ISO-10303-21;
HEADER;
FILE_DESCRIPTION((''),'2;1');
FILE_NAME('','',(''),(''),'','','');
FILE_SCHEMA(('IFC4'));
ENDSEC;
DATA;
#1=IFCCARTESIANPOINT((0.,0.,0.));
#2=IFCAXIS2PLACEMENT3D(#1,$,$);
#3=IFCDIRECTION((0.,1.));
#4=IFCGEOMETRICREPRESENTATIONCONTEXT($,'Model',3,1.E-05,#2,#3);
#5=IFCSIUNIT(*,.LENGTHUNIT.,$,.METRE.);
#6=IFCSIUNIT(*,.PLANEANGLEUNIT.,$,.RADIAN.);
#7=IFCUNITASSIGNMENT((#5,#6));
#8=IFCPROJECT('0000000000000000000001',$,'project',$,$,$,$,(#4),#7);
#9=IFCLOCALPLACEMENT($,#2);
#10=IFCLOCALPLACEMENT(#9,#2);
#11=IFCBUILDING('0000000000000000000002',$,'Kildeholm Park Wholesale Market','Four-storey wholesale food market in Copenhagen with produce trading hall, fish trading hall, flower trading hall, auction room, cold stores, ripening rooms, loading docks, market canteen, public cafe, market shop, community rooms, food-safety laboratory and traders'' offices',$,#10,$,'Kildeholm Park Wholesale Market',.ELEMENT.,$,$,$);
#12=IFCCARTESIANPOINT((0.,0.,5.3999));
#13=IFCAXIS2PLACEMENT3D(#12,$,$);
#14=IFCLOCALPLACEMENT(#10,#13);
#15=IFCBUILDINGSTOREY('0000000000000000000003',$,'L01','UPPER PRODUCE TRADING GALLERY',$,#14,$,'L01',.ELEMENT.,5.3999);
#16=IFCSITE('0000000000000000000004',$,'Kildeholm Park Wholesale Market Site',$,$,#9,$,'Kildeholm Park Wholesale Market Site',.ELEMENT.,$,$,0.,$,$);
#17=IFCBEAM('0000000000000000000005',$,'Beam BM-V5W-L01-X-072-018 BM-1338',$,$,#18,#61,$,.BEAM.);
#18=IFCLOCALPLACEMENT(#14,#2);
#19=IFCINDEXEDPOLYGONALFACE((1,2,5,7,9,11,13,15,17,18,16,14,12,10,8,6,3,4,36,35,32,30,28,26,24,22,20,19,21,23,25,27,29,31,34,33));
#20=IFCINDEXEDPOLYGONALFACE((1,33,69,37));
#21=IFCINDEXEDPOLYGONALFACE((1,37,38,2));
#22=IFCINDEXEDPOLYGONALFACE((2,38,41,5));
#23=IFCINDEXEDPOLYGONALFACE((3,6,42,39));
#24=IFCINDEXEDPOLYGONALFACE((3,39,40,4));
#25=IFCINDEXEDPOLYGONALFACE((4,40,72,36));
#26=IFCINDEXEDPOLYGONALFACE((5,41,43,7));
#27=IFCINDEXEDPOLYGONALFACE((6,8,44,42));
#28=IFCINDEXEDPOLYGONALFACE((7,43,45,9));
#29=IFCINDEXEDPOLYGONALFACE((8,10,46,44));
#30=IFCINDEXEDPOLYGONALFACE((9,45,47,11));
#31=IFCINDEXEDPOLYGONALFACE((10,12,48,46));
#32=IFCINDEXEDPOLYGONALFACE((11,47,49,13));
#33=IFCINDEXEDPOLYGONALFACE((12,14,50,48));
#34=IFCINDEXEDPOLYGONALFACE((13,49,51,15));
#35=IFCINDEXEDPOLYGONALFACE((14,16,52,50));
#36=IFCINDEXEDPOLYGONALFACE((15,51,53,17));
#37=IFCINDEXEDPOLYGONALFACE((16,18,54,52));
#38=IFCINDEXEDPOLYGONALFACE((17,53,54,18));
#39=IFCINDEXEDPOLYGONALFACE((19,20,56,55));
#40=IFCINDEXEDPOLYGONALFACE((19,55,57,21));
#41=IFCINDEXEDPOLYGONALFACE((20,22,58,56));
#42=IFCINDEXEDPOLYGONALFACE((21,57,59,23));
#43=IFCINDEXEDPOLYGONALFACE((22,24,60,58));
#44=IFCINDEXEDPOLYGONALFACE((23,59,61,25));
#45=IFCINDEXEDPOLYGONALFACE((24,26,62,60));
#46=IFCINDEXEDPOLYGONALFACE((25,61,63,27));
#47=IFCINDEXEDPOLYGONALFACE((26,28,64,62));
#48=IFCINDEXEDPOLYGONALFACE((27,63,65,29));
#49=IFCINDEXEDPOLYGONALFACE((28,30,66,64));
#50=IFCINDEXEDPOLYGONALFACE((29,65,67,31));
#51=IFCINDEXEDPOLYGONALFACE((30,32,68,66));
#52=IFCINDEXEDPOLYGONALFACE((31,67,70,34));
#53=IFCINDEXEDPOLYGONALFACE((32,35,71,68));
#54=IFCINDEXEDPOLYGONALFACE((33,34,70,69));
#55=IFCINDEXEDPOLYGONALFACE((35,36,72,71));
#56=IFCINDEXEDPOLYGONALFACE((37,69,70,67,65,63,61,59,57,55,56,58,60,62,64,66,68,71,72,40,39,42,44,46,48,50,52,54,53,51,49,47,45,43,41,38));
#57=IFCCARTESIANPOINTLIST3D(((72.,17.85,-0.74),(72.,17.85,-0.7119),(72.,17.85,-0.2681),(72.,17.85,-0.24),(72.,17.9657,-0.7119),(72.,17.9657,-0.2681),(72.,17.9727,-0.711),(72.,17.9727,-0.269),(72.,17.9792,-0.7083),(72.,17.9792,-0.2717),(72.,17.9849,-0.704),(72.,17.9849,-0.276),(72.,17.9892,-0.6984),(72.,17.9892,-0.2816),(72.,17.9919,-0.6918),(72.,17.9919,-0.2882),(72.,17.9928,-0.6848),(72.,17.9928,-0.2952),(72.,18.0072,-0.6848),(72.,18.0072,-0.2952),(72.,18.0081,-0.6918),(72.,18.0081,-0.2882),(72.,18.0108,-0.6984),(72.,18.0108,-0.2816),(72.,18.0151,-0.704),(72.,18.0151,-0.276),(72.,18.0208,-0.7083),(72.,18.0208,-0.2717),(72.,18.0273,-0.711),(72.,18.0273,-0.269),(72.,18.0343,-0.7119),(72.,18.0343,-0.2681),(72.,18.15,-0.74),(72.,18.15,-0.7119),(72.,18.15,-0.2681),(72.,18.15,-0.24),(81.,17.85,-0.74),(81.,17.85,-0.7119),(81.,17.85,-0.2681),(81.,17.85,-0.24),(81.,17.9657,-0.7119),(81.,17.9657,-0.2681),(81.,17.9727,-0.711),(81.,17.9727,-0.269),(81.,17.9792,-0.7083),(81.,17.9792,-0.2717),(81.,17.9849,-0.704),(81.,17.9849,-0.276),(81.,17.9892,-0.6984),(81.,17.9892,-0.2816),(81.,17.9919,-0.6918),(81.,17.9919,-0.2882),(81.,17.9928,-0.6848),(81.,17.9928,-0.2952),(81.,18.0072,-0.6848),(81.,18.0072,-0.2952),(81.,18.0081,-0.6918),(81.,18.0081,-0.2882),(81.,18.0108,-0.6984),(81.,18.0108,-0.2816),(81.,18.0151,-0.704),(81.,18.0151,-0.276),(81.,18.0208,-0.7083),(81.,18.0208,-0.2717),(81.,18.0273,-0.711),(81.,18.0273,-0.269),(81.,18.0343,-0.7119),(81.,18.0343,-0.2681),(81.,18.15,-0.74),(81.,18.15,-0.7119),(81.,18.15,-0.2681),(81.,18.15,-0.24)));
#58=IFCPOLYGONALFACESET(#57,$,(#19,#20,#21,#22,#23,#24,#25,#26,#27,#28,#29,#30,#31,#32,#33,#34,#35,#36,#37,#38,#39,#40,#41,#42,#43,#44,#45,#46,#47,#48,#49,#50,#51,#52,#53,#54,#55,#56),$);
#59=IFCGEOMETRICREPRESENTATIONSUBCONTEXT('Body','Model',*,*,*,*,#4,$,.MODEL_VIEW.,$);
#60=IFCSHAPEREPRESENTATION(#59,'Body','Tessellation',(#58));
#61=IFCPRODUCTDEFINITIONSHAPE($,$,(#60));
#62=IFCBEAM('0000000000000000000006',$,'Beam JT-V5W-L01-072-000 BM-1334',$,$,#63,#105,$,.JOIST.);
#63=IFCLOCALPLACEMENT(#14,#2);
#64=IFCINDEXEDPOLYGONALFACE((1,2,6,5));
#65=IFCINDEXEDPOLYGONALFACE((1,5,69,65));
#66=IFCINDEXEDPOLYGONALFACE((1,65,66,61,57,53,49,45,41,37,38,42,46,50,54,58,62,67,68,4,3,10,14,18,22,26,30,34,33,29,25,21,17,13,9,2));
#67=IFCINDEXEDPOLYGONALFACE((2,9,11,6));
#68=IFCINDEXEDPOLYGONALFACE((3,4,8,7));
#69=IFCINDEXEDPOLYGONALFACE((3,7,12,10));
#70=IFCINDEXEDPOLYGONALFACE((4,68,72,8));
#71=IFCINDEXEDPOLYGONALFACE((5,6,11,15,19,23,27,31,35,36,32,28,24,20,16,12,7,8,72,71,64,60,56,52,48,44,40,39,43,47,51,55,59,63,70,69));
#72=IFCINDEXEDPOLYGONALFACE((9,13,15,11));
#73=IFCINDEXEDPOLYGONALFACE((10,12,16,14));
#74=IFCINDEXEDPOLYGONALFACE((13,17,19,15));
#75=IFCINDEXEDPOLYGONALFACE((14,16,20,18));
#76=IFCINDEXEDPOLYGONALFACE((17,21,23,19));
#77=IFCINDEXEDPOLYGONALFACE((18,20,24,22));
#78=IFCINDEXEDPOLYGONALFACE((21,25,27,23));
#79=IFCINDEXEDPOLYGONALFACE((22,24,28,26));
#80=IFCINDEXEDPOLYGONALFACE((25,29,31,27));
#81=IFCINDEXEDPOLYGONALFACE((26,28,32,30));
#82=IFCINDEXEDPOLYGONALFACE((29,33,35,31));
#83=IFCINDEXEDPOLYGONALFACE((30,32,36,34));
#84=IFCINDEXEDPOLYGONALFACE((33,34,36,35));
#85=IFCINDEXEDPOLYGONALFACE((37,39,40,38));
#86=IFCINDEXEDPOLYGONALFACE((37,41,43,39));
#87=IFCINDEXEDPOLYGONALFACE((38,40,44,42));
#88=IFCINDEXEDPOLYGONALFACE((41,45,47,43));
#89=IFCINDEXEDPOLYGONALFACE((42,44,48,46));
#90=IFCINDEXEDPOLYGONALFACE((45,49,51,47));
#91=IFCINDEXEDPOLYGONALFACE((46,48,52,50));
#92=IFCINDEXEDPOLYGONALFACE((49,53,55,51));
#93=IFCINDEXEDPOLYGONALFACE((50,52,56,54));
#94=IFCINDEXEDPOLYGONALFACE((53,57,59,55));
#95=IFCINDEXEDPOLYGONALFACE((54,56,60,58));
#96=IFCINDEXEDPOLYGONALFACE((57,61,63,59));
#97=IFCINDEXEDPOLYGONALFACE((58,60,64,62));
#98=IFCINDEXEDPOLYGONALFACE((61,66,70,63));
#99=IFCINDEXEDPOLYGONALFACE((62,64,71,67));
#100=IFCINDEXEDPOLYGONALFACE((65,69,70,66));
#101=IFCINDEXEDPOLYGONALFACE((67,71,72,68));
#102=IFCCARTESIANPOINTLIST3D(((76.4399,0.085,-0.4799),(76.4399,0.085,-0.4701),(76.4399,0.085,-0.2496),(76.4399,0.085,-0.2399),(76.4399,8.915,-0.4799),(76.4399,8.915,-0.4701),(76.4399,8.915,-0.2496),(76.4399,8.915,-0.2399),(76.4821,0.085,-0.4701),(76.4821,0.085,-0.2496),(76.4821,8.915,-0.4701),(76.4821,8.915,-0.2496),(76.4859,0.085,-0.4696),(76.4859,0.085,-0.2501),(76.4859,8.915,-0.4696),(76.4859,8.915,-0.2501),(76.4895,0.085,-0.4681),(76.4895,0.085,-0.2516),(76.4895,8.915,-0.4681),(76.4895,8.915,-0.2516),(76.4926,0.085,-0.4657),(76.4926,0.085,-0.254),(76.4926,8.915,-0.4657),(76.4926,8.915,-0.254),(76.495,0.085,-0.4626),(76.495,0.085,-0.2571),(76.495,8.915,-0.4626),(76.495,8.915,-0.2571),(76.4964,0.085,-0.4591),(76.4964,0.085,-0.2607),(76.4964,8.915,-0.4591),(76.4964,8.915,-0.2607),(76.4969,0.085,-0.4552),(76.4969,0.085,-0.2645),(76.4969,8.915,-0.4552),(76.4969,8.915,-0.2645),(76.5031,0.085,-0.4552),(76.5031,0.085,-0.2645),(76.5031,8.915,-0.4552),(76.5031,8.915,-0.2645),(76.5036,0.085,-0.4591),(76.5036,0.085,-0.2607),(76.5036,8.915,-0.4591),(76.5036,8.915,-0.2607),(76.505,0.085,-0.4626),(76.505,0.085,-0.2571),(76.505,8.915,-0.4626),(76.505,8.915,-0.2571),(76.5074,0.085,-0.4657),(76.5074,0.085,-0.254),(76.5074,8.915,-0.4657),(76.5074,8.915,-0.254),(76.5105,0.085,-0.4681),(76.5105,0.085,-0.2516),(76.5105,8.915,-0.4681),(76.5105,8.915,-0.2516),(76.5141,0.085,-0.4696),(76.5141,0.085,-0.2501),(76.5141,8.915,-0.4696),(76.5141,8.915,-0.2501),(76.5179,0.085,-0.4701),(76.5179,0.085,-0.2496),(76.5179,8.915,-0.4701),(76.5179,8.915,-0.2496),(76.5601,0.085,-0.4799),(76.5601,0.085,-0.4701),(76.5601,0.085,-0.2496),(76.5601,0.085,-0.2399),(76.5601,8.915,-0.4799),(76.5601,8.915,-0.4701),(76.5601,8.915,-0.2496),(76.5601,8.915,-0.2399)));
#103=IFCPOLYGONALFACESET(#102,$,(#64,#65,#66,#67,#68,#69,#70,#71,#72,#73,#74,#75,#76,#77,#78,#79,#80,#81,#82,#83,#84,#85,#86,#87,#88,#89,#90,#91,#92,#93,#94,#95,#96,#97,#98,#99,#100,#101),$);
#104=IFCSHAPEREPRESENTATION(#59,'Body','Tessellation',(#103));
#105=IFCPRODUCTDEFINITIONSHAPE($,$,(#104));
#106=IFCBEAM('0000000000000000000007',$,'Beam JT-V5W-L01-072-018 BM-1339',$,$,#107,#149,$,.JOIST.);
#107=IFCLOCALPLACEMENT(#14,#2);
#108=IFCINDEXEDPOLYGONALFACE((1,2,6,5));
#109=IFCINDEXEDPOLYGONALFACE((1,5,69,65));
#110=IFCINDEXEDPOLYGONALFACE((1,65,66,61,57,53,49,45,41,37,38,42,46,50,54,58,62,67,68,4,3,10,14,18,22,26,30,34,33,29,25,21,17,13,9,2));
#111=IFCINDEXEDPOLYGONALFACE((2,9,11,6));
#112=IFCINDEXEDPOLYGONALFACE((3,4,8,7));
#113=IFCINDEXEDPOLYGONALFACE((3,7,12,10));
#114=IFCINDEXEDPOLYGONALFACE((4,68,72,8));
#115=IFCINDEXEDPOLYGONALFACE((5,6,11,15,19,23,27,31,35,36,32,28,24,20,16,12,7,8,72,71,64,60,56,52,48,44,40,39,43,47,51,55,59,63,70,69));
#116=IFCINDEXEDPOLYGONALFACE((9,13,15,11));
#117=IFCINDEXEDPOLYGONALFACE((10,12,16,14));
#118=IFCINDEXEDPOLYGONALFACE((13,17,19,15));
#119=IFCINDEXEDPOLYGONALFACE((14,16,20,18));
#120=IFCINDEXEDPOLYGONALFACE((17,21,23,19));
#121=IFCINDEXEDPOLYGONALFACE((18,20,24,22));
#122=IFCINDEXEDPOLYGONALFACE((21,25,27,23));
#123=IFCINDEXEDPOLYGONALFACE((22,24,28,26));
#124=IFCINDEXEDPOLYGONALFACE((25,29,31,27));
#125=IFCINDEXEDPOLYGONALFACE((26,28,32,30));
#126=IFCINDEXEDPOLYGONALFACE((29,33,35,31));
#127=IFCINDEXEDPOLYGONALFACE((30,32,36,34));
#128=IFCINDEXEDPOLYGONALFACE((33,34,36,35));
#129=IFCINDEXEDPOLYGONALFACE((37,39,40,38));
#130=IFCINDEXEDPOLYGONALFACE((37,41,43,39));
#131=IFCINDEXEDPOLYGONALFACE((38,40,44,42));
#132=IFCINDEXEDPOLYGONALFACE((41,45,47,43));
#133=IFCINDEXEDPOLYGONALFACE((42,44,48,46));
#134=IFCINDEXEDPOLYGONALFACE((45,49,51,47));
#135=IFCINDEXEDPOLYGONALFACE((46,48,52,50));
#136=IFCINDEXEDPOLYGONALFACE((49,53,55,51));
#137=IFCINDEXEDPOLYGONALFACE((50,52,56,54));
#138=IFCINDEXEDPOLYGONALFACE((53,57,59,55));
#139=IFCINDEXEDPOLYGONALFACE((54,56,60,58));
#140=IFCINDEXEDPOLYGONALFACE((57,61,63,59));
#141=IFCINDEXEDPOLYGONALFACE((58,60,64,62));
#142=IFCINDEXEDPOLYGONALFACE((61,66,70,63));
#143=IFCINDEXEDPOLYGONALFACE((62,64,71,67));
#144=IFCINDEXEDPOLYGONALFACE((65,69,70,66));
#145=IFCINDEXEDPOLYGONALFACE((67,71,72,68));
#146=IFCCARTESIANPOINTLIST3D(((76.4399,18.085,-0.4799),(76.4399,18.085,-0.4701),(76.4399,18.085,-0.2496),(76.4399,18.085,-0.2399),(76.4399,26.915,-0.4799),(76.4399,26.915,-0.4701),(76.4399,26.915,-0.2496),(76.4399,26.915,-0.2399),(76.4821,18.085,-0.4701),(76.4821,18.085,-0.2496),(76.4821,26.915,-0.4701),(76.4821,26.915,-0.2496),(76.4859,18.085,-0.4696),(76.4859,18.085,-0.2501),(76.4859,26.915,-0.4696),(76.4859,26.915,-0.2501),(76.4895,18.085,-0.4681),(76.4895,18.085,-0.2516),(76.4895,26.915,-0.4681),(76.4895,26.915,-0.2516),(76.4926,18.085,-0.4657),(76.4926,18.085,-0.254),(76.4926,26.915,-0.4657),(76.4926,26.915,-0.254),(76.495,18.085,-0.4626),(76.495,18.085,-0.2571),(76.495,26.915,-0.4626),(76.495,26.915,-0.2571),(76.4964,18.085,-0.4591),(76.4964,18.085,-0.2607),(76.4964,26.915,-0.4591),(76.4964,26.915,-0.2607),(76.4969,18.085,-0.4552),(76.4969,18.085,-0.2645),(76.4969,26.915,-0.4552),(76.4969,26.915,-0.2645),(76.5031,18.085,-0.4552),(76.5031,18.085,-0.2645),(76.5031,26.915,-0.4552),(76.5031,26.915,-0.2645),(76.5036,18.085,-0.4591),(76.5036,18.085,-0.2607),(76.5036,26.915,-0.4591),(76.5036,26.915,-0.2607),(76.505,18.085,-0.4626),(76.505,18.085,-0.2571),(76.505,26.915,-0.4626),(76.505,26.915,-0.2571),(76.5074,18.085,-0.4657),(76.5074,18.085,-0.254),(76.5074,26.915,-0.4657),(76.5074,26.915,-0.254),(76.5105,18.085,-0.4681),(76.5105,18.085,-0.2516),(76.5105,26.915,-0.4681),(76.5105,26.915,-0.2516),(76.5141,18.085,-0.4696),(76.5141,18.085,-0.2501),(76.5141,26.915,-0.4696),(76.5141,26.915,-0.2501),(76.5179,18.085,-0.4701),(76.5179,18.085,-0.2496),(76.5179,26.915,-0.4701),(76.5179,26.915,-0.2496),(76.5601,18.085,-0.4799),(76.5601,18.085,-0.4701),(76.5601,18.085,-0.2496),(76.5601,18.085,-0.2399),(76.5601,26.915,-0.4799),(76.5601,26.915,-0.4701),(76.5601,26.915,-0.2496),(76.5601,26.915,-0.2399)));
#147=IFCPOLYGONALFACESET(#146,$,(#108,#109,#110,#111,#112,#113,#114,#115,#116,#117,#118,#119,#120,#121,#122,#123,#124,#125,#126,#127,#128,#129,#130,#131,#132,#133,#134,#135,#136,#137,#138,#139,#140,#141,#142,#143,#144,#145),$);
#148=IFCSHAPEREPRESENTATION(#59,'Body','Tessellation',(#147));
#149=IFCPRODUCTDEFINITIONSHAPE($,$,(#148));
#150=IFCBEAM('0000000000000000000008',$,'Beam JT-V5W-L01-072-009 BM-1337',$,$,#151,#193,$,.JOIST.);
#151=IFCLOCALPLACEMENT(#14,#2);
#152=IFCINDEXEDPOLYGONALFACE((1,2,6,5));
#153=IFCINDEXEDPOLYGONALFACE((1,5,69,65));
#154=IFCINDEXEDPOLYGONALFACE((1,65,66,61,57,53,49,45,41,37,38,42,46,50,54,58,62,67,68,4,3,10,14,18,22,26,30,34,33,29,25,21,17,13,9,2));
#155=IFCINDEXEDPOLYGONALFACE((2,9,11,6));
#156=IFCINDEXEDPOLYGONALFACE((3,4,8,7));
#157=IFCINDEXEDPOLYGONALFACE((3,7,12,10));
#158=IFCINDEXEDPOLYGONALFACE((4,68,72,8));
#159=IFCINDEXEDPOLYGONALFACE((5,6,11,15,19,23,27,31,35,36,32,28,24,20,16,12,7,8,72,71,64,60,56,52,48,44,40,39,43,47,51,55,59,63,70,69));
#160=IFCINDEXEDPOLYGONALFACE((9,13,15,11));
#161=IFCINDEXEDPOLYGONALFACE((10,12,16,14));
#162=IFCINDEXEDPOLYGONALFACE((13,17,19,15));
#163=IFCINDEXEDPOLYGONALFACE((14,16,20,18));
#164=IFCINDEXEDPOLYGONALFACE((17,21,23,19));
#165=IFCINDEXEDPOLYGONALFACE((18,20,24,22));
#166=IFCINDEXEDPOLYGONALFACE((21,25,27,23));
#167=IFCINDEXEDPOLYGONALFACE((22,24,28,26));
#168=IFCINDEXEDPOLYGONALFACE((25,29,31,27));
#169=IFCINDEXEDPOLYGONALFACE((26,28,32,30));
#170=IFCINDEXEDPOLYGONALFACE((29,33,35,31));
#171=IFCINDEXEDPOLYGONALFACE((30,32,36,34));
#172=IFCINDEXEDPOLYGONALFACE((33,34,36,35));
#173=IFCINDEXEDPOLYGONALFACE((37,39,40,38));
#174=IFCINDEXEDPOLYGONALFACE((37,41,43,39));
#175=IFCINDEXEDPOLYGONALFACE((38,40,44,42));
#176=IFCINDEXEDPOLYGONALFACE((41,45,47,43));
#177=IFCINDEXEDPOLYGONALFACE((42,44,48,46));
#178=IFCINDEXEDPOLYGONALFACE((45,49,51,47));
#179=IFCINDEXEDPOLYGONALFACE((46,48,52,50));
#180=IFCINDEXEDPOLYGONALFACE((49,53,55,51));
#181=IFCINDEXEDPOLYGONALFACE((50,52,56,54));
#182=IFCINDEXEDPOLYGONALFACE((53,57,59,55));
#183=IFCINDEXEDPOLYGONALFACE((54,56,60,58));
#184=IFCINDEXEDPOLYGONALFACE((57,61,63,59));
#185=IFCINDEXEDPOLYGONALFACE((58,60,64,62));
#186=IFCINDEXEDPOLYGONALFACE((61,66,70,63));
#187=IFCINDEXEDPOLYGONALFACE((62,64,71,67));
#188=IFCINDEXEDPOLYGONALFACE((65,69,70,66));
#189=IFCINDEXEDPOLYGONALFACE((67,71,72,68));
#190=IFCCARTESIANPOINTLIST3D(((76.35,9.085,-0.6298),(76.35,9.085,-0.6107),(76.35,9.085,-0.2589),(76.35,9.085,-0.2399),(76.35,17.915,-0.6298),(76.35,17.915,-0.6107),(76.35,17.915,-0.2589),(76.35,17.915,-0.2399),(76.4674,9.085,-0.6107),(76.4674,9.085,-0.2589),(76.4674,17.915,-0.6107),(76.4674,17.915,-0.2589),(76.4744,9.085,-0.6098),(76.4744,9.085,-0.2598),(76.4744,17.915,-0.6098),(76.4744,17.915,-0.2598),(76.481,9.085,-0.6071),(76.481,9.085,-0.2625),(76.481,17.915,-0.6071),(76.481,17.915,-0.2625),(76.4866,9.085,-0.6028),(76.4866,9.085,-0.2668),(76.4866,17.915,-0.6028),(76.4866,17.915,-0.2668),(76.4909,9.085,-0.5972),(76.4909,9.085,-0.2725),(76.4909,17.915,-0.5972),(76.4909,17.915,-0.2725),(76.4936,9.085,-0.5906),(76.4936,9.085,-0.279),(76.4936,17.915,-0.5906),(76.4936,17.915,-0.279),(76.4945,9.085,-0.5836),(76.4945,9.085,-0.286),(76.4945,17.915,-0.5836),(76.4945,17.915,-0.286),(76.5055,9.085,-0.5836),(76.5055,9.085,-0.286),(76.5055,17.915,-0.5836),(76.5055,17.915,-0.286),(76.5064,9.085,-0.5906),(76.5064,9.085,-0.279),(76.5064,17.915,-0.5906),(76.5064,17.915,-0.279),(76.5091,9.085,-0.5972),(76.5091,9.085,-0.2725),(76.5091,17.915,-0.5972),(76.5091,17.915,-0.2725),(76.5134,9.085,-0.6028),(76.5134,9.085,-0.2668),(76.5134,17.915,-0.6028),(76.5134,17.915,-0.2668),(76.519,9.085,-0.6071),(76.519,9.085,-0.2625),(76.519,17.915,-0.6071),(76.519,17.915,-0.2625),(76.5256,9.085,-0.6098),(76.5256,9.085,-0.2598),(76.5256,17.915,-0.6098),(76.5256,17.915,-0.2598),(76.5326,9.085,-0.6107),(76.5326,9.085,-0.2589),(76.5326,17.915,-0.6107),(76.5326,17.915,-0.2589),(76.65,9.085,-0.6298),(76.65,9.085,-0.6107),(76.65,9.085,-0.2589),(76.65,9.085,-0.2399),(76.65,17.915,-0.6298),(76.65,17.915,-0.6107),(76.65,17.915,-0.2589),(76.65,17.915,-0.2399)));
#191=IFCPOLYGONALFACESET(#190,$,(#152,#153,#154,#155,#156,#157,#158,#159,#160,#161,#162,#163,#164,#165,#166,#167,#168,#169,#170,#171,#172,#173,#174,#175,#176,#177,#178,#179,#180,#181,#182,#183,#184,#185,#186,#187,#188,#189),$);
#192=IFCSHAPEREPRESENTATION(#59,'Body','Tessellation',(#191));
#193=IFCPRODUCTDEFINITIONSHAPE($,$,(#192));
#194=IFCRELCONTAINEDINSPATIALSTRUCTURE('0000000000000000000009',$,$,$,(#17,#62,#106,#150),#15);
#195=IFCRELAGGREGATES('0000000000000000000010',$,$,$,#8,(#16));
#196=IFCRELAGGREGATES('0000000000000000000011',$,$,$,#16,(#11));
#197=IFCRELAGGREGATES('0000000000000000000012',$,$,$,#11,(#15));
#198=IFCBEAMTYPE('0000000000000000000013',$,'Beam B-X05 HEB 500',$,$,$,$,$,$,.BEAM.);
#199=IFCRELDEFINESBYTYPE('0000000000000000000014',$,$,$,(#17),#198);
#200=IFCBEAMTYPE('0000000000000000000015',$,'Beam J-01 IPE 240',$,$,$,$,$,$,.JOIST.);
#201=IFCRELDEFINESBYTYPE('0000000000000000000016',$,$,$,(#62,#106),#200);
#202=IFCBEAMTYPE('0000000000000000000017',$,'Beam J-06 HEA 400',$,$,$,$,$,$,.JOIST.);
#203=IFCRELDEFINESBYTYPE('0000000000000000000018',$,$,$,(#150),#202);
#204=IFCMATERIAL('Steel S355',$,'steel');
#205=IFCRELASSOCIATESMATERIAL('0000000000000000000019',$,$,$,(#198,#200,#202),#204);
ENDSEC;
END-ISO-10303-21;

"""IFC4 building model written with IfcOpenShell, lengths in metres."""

from ifc_helpers import new_model, si_unit, direction, frame, origin, origin_2d, place, context, subcontext, project, spatial, i_section, extrude, material, material_profile, profile_set, type_object, element, save


model = new_model("IFC4")

# Units and contexts
model_context = context("Model", 3, precision=1e-05, world=origin(), true_north=direction((0.0, 1.0)))
body_context = subcontext(model_context, "Body", "Model", "MODEL_VIEW")
ifc_project = project(units=[si_unit("LENGTHUNIT", "METRE"), si_unit("PLANEANGLEUNIT", "RADIAN")], contexts=[model_context])

# Site, building, storey
site_placement = place(None, origin())
site = spatial("IfcSite", under=ifc_project, at=site_placement, Name="Kildeholm Park Wholesale Market Site", LongName="Kildeholm Park Wholesale Market Site", CompositionType="ELEMENT", RefElevation=0.0)
building_placement = place(site_placement, origin())
building = spatial("IfcBuilding", under=site, at=building_placement, Name="Kildeholm Park Wholesale Market", Description="Four-storey wholesale food market in Copenhagen with produce trading hall, fish trading hall, flower trading hall, auction room, cold stores, ripening rooms, loading docks, market canteen, public cafe, market shop, community rooms, food-safety laboratory and traders' offices", LongName="Kildeholm Park Wholesale Market", CompositionType="ELEMENT")
storey_placement = place(building_placement, frame((0.0, 0.0, 5.3999)))
storey = spatial("IfcBuildingStorey", under=building, at=storey_placement, Name="L01", Description="UPPER PRODUCE TRADING GALLERY", LongName="L01", CompositionType="ELEMENT", Elevation=5.3999)

# Shared definitions
ifc_material_1 = material(Name="Steel S355", Category="steel")

# Beams
ifc_material_profile_1 = material_profile(ifc_material_1, i_section(OverallWidth=0.3, OverallDepth=0.5, WebThickness=0.0144, FlangeThickness=0.0281, FilletRadius=0.0271, at=origin_2d()), Name="HEB 500")
ifc_profile_set_1 = profile_set([ifc_material_profile_1], Name="Steel S355")
beam_type_1 = type_object("IfcBeamType", Name="Beam B-X05 HEB 500", PredefinedType="BEAM", material=ifc_profile_set_1)
beam_1_placement = place(storey_placement, frame((72.0, 18.0, -0.49), z_axis=(1.0, 0.0, 0.0), x_axis=(0.0, 1.0, 0.0)))
element("IfcBeam", 1, at=beam_1_placement, inside=storey, type_object=beam_type_1, Name="Beam BM-V5W-L01-X-072-018 BM-1338", PredefinedType="BEAM", context=body_context, shape_type="SweptSolid", body=[
    extrude(i_section(OverallWidth=0.3, OverallDepth=0.5, WebThickness=0.0144, FlangeThickness=0.0281, FilletRadius=0.0271, at=origin_2d()), origin(), (0.0, 0.0, 1.0), 9.0),
])
ifc_material_profile_2 = material_profile(ifc_material_1, i_section(OverallWidth=0.1201, OverallDepth=0.24, WebThickness=0.0061, FlangeThickness=0.0098, FilletRadius=0.0149, at=origin_2d()), Name="IPE 240")
ifc_profile_set_2 = profile_set([ifc_material_profile_2], Name="Steel S355")
beam_type_2 = type_object("IfcBeamType", Name="Beam J-01 IPE 240", PredefinedType="JOIST", material=ifc_profile_set_2)
for number, where, z_axis, x_axis, name in (
    (2, (76.5, 0.085, -0.3599), (0.0, 1.0, 0.0), (-1.0, 0.0, 0.0), "Beam JT-V5W-L01-072-000 BM-1334"),
    (3, (76.5, 18.085, -0.3599), (0.0, 1.0, 0.0), (-1.0, 0.0, 0.0), "Beam JT-V5W-L01-072-018 BM-1339"),
):
    element("IfcBeam", number, at=place(storey_placement, frame(where, z_axis=z_axis, x_axis=x_axis)), inside=storey, type_object=beam_type_2, Name=name, PredefinedType="JOIST", context=body_context, shape_type="SweptSolid", body=[
        extrude(i_section(OverallWidth=0.1201, OverallDepth=0.24, WebThickness=0.0061, FlangeThickness=0.0098, FilletRadius=0.0149, at=origin_2d()), origin(), (0.0, 0.0, 1.0), 8.8301),
    ])
ifc_material_profile_3 = material_profile(ifc_material_1, i_section(OverallWidth=0.3, OverallDepth=0.3899, WebThickness=0.011, FlangeThickness=0.019, FilletRadius=0.0271, at=origin_2d()), Name="HEA 400")
ifc_profile_set_3 = profile_set([ifc_material_profile_3], Name="Steel S355")
beam_type_3 = type_object("IfcBeamType", Name="Beam J-06 HEA 400", PredefinedType="JOIST", material=ifc_profile_set_3)
beam_2_placement = place(storey_placement, frame((76.5, 9.085, -0.4348), z_axis=(0.0, 1.0, 0.0), x_axis=(-1.0, 0.0, 0.0)))
element("IfcBeam", 4, at=beam_2_placement, inside=storey, type_object=beam_type_3, Name="Beam JT-V5W-L01-072-009 BM-1337", PredefinedType="JOIST", context=body_context, shape_type="SweptSolid", body=[
    extrude(i_section(OverallWidth=0.3, OverallDepth=0.3899, WebThickness=0.011, FlangeThickness=0.019, FilletRadius=0.0271, at=origin_2d()), origin(), (0.0, 0.0, 1.0), 8.8301),
])

save(model, "model.ifc")
